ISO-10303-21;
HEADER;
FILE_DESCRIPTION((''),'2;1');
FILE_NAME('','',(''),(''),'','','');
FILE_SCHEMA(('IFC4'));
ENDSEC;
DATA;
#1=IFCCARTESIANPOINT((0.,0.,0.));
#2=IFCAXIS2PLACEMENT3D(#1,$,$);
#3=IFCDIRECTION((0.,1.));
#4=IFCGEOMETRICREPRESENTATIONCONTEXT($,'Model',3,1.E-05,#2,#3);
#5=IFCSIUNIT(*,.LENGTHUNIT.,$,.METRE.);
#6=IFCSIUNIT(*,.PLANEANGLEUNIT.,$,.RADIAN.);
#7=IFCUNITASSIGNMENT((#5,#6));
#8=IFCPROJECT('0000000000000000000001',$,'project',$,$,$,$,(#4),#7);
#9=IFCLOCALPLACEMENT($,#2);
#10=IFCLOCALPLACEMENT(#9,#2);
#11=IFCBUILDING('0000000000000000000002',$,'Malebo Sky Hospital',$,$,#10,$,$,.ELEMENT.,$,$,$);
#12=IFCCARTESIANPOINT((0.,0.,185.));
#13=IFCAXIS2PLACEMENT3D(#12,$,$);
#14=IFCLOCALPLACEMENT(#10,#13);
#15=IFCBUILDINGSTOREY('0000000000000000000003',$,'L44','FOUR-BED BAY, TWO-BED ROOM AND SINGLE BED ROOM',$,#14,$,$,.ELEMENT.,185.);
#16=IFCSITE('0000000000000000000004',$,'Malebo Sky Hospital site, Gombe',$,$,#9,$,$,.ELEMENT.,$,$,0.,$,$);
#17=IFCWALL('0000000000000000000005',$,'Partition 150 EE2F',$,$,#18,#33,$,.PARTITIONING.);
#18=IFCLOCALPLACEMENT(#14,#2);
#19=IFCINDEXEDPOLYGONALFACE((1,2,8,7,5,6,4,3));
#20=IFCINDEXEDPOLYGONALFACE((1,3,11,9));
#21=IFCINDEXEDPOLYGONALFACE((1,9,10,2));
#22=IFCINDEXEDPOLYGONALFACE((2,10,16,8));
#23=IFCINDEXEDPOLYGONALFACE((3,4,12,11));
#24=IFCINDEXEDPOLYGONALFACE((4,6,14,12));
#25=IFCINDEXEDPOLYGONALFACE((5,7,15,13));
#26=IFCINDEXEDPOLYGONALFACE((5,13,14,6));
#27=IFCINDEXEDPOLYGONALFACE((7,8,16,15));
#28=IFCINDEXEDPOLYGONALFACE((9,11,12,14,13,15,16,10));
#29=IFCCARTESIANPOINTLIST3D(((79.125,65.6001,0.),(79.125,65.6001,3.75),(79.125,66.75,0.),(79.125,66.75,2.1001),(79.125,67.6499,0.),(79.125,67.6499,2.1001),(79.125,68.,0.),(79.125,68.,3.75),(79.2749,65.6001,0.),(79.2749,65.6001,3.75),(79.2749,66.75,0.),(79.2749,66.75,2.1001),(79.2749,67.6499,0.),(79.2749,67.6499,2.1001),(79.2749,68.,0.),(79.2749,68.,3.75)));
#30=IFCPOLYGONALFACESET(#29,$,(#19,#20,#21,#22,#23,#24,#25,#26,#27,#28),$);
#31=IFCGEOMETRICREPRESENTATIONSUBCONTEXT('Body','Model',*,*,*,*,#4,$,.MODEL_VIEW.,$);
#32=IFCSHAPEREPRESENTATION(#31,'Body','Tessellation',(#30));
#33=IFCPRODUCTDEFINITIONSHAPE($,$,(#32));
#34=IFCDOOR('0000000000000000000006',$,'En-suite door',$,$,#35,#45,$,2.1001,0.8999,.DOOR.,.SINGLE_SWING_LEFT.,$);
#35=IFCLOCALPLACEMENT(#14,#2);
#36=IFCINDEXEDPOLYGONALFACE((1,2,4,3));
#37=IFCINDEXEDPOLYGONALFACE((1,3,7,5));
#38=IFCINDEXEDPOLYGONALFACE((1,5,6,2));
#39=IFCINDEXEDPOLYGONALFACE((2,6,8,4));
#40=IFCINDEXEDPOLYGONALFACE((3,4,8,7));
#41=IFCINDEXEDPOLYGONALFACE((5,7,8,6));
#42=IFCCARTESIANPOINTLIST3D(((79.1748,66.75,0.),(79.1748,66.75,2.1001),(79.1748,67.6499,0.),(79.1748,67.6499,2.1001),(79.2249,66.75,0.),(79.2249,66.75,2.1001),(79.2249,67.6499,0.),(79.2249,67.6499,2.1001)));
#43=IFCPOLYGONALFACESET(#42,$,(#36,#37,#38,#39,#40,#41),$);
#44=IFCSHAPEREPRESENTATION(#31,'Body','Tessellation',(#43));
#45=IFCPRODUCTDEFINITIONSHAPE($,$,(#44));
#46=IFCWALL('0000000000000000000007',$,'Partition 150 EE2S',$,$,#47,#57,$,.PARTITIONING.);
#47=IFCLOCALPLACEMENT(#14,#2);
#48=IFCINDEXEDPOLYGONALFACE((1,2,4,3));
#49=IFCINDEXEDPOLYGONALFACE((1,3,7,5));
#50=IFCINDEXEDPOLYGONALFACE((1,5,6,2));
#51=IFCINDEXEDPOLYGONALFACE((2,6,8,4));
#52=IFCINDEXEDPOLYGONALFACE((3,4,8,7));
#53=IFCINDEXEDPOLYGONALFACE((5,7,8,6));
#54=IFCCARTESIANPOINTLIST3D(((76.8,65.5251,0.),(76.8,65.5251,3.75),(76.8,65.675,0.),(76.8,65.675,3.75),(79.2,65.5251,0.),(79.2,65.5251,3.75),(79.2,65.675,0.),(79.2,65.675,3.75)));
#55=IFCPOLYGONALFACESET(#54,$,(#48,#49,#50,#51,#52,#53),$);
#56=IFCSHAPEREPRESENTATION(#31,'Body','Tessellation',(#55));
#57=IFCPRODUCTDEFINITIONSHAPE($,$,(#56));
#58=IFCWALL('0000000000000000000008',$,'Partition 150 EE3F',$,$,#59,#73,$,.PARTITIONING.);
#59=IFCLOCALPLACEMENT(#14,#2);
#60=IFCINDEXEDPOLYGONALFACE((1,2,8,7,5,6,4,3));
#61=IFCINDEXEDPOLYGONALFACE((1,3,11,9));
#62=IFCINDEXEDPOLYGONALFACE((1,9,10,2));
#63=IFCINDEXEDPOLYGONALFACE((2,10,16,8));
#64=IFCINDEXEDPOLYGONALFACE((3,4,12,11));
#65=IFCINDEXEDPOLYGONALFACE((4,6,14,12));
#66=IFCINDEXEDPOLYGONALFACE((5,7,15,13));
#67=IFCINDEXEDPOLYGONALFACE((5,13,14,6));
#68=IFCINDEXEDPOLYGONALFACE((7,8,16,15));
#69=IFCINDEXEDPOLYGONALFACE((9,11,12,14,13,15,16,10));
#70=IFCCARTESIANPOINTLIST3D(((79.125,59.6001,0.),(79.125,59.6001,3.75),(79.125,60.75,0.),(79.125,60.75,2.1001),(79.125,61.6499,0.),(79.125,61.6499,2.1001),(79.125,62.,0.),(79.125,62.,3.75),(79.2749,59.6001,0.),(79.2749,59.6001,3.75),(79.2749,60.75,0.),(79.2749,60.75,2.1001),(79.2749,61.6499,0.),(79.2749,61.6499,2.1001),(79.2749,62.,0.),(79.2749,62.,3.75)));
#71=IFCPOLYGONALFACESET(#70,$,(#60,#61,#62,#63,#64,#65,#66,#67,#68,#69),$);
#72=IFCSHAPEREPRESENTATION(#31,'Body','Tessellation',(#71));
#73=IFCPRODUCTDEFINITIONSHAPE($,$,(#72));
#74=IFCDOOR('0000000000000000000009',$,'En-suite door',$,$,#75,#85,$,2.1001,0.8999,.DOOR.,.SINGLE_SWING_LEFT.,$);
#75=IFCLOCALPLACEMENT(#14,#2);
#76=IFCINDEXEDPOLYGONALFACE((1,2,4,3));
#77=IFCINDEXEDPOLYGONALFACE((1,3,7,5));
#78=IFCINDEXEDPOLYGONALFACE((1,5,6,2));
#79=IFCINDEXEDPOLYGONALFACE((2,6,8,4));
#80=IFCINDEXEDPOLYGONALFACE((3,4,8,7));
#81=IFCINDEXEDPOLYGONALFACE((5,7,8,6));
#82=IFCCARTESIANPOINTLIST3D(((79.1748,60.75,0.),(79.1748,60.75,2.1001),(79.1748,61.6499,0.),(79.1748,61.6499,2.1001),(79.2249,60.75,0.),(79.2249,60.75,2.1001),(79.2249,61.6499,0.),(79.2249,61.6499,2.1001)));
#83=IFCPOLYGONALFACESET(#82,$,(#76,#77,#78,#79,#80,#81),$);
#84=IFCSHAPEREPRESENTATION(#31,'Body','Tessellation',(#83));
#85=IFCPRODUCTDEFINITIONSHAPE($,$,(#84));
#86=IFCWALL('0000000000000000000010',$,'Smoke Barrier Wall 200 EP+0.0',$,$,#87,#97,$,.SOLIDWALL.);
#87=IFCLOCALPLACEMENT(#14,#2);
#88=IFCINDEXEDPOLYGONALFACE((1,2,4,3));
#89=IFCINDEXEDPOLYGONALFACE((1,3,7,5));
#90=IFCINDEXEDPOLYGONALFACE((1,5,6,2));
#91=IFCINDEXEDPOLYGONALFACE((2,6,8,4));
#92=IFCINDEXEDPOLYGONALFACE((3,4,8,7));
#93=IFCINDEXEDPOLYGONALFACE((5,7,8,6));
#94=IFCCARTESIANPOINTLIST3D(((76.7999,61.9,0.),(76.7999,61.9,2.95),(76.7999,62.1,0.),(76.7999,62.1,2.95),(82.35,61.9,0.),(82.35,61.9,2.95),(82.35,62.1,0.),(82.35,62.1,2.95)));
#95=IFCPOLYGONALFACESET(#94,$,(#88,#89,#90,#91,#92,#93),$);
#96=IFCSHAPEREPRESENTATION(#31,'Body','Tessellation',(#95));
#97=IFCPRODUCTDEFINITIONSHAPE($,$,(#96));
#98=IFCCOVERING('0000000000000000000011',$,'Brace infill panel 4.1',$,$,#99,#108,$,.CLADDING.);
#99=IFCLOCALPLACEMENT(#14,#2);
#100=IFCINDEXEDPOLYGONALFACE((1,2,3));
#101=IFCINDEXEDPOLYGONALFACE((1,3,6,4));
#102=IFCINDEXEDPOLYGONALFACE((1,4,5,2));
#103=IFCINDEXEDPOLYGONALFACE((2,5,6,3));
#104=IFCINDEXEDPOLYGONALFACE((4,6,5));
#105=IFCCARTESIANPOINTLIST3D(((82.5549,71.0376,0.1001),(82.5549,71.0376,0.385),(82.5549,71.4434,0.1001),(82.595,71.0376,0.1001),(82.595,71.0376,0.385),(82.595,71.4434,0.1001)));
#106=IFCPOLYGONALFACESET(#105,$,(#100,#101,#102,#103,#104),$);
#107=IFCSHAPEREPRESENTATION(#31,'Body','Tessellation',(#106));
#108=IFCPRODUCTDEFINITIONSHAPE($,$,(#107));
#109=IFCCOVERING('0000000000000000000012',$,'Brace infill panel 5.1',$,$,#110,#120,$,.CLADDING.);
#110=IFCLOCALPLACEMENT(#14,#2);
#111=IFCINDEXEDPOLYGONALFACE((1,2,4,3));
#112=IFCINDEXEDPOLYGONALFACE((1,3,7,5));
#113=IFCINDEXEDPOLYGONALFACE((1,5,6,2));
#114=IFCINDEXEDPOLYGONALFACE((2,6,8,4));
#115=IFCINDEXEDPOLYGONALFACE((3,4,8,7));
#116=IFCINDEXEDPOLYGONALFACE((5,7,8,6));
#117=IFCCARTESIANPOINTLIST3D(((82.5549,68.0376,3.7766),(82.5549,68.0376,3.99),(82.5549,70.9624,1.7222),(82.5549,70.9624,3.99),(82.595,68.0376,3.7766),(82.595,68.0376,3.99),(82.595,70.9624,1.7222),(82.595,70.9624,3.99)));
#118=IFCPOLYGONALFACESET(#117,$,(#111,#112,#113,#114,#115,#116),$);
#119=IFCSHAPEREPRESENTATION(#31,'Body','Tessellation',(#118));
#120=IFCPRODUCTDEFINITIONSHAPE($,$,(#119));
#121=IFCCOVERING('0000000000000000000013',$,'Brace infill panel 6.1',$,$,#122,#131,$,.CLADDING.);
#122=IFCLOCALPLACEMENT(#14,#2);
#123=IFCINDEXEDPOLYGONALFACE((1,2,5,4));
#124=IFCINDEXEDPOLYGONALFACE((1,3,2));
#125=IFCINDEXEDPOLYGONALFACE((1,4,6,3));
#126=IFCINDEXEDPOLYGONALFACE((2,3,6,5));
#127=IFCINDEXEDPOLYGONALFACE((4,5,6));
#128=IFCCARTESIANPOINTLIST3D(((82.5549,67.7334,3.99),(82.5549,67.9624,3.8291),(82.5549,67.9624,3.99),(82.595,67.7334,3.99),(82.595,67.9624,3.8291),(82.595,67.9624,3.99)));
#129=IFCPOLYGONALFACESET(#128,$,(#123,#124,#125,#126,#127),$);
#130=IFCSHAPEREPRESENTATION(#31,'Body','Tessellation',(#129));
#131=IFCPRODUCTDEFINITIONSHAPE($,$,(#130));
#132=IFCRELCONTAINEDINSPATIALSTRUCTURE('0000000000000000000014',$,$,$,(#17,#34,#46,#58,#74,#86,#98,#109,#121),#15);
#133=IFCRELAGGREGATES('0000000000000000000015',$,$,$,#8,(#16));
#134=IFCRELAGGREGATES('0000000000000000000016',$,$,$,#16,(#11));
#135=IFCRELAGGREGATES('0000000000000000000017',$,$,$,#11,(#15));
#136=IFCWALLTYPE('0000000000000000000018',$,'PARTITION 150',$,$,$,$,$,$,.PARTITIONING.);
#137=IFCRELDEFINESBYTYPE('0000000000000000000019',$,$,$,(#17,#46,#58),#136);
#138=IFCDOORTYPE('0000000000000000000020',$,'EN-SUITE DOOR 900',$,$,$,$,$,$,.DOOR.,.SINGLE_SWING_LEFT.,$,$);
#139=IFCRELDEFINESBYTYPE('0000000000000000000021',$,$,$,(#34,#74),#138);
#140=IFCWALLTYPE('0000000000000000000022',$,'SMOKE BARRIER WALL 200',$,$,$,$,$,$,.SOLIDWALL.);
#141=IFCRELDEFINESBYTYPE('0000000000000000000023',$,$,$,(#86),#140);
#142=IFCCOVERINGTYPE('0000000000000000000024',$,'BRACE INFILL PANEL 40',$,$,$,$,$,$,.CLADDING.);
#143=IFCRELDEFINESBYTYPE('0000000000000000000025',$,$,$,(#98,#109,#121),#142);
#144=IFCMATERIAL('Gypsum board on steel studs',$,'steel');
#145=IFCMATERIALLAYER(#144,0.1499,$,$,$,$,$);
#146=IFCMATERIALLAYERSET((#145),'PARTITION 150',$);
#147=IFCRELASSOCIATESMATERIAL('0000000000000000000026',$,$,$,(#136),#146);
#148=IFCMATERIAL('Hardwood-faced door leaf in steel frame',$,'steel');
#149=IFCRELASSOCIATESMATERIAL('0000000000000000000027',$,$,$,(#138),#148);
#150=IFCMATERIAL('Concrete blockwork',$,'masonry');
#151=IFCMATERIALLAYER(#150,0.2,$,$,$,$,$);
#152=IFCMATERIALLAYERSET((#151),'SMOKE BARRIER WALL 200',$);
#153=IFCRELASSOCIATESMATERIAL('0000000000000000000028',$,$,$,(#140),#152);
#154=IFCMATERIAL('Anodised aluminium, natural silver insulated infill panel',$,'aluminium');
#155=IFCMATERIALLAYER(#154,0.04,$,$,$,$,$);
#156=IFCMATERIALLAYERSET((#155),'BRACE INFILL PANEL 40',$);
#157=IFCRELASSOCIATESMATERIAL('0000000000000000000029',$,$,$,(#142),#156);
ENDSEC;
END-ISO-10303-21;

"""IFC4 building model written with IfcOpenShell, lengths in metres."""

from ifc_helpers import new_model, si_unit, direction, frame, frame_2d, origin, place, context, subcontext, project, spatial, polyline, rectangle, outline, extrude, material, layer, layer_set, type_object, element, fill, save


model = new_model("IFC4")

# Units and contexts
model_context = context("Model", 3, precision=1e-05, world=origin(), true_north=direction((0.0, 1.0)))
body_context = subcontext(model_context, "Body", "Model", "MODEL_VIEW")
ifc_project = project(units=[si_unit("LENGTHUNIT", "METRE"), si_unit("PLANEANGLEUNIT", "RADIAN")], contexts=[model_context])

# Site, building, storey
site_placement = place(None, origin())
site = spatial("IfcSite", under=ifc_project, at=site_placement, Name="Malebo Sky Hospital site, Gombe", CompositionType="ELEMENT", RefElevation=0.0)
building_placement = place(site_placement, origin())
building = spatial("IfcBuilding", under=site, at=building_placement, Name="Malebo Sky Hospital", CompositionType="ELEMENT")
storey_placement = place(building_placement, frame((0.0, 0.0, 185.0)))
storey = spatial("IfcBuildingStorey", under=building, at=storey_placement, Name="L44", Description="FOUR-BED BAY, TWO-BED ROOM AND SINGLE BED ROOM", CompositionType="ELEMENT", Elevation=185.0)

# Shared definitions
ifc_material_1 = material(Name="Gypsum board on steel studs", Category="steel")
ifc_material_2 = material(Name="Hardwood-faced door leaf in steel frame", Category="steel")

# Shared definitions
ifc_layer_1 = layer(ifc_material_1, 0.1499)
ifc_layer_set_1 = layer_set([ifc_layer_1], Name="PARTITION 150")
wall_type_1 = type_object("IfcWallType", Name="PARTITION 150", PredefinedType="PARTITIONING", material=ifc_layer_set_1)

# Shared definitions
door_type_1 = type_object("IfcDoorType", Name="EN-SUITE DOOR 900", OperationType="SINGLE_SWING_LEFT", PredefinedType="DOOR", material=ifc_material_2)

# Wall, opening, door
wall_1_placement = place(storey_placement, frame((79.2, 68.0, 0.0), z_axis=(0.0, 0.0, 1.0), x_axis=(0.0, -1.0, 0.0)))
wall_1 = element("IfcWall", 1, at=wall_1_placement, inside=storey, type_object=wall_type_1, Name="Partition 150 EE2F", PredefinedType="PARTITIONING", context=body_context, shape_type="SweptSolid", body=[
    extrude(rectangle(XDim=2.3999, YDim=0.1499, at=frame_2d((1.2, 0.0))), origin(), (0.0, 0.0, 1.0), 3.75),
])
opening_1_placement = place(wall_1_placement, frame((0.3501, 0.0, 0.0)))
opening_1 = element("IfcOpeningElement", 2, at=opening_1_placement, cuts=wall_1, PredefinedType="OPENING", context=body_context, shape_type="SweptSolid", body=[
    extrude(rectangle(XDim=0.8999, YDim=2.1001, at=frame_2d((0.45, 1.05))), frame((0.0, 0.085, 0.0), z_axis=(0.0, -1.0, 0.0), x_axis=(1.0, 0.0, 0.0)), (0.0, 0.0, 1.0), 0.1699),
])
door_1_placement = place(opening_1_placement, origin())
door_1 = element("IfcDoor", 3, at=door_1_placement, inside=storey, type_object=door_type_1, Name="En-suite door", OperationType="SINGLE_SWING_LEFT", OverallHeight=2.1001, OverallWidth=0.8999, PredefinedType="DOOR", context=body_context, shape_type="SweptSolid", body=[
    extrude(rectangle(XDim=0.8999, YDim=2.1001, at=frame_2d((0.45, 1.05))), frame((0.0, 0.0249, 0.0), z_axis=(0.0, -1.0, 0.0), x_axis=(1.0, 0.0, 0.0)), (0.0, 0.0, 1.0), 0.05),
])
fill(opening_1, door_1)

# Wall
wall_2_placement = place(storey_placement, frame((76.8, 65.6001, 0.0), z_axis=(0.0, 0.0, 1.0), x_axis=(1.0, 0.0, 0.0)))
element("IfcWall", 4, at=wall_2_placement, inside=storey, type_object=wall_type_1, Name="Partition 150 EE2S", PredefinedType="PARTITIONING", context=body_context, shape_type="SweptSolid", body=[
    extrude(rectangle(XDim=2.3999, YDim=0.1499, at=frame_2d((1.2, 0.0))), origin(), (0.0, 0.0, 1.0), 3.75),
])

# Wall, opening, door
wall_3_placement = place(storey_placement, frame((79.2, 62.0, 0.0), z_axis=(0.0, 0.0, 1.0), x_axis=(0.0, -1.0, 0.0)))
wall_3 = element("IfcWall", 5, at=wall_3_placement, inside=storey, type_object=wall_type_1, Name="Partition 150 EE3F", PredefinedType="PARTITIONING", context=body_context, shape_type="SweptSolid", body=[
    extrude(rectangle(XDim=2.3999, YDim=0.1499, at=frame_2d((1.2, 0.0))), origin(), (0.0, 0.0, 1.0), 3.75),
])
opening_2_placement = place(wall_3_placement, frame((0.3501, 0.0, 0.0)))
opening_2 = element("IfcOpeningElement", 6, at=opening_2_placement, cuts=wall_3, PredefinedType="OPENING", context=body_context, shape_type="SweptSolid", body=[
    extrude(rectangle(XDim=0.8999, YDim=2.1001, at=frame_2d((0.45, 1.05))), frame((0.0, 0.085, 0.0), z_axis=(0.0, -1.0, 0.0), x_axis=(1.0, 0.0, 0.0)), (0.0, 0.0, 1.0), 0.1699),
])
door_2_placement = place(opening_2_placement, origin())
door_2 = element("IfcDoor", 7, at=door_2_placement, inside=storey, type_object=door_type_1, Name="En-suite door", OperationType="SINGLE_SWING_LEFT", OverallHeight=2.1001, OverallWidth=0.8999, PredefinedType="DOOR", context=body_context, shape_type="SweptSolid", body=[
    extrude(rectangle(XDim=0.8999, YDim=2.1001, at=frame_2d((0.45, 1.05))), frame((0.0, 0.0249, 0.0), z_axis=(0.0, -1.0, 0.0), x_axis=(1.0, 0.0, 0.0)), (0.0, 0.0, 1.0), 0.05),
])
fill(opening_2, door_2)

# Wall
ifc_material_3 = material(Name="Concrete blockwork", Category="masonry")
ifc_layer_2 = layer(ifc_material_3, 0.2)
ifc_layer_set_2 = layer_set([ifc_layer_2], Name="SMOKE BARRIER WALL 200")
wall_type_2 = type_object("IfcWallType", Name="SMOKE BARRIER WALL 200", PredefinedType="SOLIDWALL", material=ifc_layer_set_2)
wall_4_placement = place(storey_placement, frame((76.8, 62.0, 0.0), z_axis=(0.0, 0.0, 1.0), x_axis=(1.0, 0.0, 0.0)))
element("IfcWall", 8, at=wall_4_placement, inside=storey, type_object=wall_type_2, Name="Smoke Barrier Wall 200 EP+0.0", PredefinedType="SOLIDWALL", context=body_context, shape_type="SweptSolid", body=[
    extrude(rectangle(XDim=5.55, YDim=0.2, at=frame_2d((2.7749, 0.0))), origin(), (0.0, 0.0, 1.0), 2.95),
])

# Coverings
ifc_material_4 = material(Name="Anodised aluminium, natural silver insulated infill panel", Category="aluminium")
ifc_layer_3 = layer(ifc_material_4, 0.04)
ifc_layer_set_3 = layer_set([ifc_layer_3], Name="BRACE INFILL PANEL 40")
covering_type = type_object("IfcCoveringType", Name="BRACE INFILL PANEL 40", PredefinedType="CLADDING", material=ifc_layer_set_3)
covering_1_placement = place(storey_placement, frame((82.575, 71.2405, 0.1001), z_axis=(0.0, 0.0, 1.0), x_axis=(0.0, -1.0, 0.0)))
element("IfcCovering", 9, at=covering_1_placement, inside=storey, type_object=covering_type, Name="Brace infill panel 4.1", PredefinedType="CLADDING", context=body_context, shape_type="SweptSolid", body=[
    extrude(outline(polyline([(-0.2029, 0.0), (0.2029, 0.0), (0.2029, 0.2849), (-0.2029, 0.0)])), frame((0.0, 0.02, 0.0), z_axis=(0.0, -1.0, 0.0), x_axis=(1.0, 0.0, 0.0)), (0.0, 0.0, 1.0), 0.04),
])
covering_2_placement = place(storey_placement, frame((82.575, 69.5, 1.7222), z_axis=(0.0, 0.0, 1.0), x_axis=(0.0, -1.0, 0.0)))
element("IfcCovering", 10, at=covering_2_placement, inside=storey, type_object=covering_type, Name="Brace infill panel 5.1", PredefinedType="CLADDING", context=body_context, shape_type="SweptSolid", body=[
    extrude(outline(polyline([(-1.4624, 0.0), (1.4624, 2.0544), (1.4624, 2.2678), (-1.4624, 2.2678), (-1.4624, 0.0)])), frame((0.0, 0.02, 0.0), z_axis=(0.0, -1.0, 0.0), x_axis=(1.0, 0.0, 0.0)), (0.0, 0.0, 1.0), 0.04),
])
covering_3_placement = place(storey_placement, frame((82.575, 67.8479, 3.8291), z_axis=(0.0, 0.0, 1.0), x_axis=(0.0, -1.0, 0.0)))
element("IfcCovering", 11, at=covering_3_placement, inside=storey, type_object=covering_type, Name="Brace infill panel 6.1", PredefinedType="CLADDING", context=body_context, shape_type="SweptSolid", body=[
    extrude(outline(polyline([(-0.1145, 0.0), (0.1145, 0.1609), (-0.1145, 0.1609), (-0.1145, 0.0)])), frame((0.0, 0.02, 0.0), z_axis=(0.0, -1.0, 0.0), x_axis=(1.0, 0.0, 0.0)), (0.0, 0.0, 1.0), 0.04),
])

save(model, "model.ifc")
